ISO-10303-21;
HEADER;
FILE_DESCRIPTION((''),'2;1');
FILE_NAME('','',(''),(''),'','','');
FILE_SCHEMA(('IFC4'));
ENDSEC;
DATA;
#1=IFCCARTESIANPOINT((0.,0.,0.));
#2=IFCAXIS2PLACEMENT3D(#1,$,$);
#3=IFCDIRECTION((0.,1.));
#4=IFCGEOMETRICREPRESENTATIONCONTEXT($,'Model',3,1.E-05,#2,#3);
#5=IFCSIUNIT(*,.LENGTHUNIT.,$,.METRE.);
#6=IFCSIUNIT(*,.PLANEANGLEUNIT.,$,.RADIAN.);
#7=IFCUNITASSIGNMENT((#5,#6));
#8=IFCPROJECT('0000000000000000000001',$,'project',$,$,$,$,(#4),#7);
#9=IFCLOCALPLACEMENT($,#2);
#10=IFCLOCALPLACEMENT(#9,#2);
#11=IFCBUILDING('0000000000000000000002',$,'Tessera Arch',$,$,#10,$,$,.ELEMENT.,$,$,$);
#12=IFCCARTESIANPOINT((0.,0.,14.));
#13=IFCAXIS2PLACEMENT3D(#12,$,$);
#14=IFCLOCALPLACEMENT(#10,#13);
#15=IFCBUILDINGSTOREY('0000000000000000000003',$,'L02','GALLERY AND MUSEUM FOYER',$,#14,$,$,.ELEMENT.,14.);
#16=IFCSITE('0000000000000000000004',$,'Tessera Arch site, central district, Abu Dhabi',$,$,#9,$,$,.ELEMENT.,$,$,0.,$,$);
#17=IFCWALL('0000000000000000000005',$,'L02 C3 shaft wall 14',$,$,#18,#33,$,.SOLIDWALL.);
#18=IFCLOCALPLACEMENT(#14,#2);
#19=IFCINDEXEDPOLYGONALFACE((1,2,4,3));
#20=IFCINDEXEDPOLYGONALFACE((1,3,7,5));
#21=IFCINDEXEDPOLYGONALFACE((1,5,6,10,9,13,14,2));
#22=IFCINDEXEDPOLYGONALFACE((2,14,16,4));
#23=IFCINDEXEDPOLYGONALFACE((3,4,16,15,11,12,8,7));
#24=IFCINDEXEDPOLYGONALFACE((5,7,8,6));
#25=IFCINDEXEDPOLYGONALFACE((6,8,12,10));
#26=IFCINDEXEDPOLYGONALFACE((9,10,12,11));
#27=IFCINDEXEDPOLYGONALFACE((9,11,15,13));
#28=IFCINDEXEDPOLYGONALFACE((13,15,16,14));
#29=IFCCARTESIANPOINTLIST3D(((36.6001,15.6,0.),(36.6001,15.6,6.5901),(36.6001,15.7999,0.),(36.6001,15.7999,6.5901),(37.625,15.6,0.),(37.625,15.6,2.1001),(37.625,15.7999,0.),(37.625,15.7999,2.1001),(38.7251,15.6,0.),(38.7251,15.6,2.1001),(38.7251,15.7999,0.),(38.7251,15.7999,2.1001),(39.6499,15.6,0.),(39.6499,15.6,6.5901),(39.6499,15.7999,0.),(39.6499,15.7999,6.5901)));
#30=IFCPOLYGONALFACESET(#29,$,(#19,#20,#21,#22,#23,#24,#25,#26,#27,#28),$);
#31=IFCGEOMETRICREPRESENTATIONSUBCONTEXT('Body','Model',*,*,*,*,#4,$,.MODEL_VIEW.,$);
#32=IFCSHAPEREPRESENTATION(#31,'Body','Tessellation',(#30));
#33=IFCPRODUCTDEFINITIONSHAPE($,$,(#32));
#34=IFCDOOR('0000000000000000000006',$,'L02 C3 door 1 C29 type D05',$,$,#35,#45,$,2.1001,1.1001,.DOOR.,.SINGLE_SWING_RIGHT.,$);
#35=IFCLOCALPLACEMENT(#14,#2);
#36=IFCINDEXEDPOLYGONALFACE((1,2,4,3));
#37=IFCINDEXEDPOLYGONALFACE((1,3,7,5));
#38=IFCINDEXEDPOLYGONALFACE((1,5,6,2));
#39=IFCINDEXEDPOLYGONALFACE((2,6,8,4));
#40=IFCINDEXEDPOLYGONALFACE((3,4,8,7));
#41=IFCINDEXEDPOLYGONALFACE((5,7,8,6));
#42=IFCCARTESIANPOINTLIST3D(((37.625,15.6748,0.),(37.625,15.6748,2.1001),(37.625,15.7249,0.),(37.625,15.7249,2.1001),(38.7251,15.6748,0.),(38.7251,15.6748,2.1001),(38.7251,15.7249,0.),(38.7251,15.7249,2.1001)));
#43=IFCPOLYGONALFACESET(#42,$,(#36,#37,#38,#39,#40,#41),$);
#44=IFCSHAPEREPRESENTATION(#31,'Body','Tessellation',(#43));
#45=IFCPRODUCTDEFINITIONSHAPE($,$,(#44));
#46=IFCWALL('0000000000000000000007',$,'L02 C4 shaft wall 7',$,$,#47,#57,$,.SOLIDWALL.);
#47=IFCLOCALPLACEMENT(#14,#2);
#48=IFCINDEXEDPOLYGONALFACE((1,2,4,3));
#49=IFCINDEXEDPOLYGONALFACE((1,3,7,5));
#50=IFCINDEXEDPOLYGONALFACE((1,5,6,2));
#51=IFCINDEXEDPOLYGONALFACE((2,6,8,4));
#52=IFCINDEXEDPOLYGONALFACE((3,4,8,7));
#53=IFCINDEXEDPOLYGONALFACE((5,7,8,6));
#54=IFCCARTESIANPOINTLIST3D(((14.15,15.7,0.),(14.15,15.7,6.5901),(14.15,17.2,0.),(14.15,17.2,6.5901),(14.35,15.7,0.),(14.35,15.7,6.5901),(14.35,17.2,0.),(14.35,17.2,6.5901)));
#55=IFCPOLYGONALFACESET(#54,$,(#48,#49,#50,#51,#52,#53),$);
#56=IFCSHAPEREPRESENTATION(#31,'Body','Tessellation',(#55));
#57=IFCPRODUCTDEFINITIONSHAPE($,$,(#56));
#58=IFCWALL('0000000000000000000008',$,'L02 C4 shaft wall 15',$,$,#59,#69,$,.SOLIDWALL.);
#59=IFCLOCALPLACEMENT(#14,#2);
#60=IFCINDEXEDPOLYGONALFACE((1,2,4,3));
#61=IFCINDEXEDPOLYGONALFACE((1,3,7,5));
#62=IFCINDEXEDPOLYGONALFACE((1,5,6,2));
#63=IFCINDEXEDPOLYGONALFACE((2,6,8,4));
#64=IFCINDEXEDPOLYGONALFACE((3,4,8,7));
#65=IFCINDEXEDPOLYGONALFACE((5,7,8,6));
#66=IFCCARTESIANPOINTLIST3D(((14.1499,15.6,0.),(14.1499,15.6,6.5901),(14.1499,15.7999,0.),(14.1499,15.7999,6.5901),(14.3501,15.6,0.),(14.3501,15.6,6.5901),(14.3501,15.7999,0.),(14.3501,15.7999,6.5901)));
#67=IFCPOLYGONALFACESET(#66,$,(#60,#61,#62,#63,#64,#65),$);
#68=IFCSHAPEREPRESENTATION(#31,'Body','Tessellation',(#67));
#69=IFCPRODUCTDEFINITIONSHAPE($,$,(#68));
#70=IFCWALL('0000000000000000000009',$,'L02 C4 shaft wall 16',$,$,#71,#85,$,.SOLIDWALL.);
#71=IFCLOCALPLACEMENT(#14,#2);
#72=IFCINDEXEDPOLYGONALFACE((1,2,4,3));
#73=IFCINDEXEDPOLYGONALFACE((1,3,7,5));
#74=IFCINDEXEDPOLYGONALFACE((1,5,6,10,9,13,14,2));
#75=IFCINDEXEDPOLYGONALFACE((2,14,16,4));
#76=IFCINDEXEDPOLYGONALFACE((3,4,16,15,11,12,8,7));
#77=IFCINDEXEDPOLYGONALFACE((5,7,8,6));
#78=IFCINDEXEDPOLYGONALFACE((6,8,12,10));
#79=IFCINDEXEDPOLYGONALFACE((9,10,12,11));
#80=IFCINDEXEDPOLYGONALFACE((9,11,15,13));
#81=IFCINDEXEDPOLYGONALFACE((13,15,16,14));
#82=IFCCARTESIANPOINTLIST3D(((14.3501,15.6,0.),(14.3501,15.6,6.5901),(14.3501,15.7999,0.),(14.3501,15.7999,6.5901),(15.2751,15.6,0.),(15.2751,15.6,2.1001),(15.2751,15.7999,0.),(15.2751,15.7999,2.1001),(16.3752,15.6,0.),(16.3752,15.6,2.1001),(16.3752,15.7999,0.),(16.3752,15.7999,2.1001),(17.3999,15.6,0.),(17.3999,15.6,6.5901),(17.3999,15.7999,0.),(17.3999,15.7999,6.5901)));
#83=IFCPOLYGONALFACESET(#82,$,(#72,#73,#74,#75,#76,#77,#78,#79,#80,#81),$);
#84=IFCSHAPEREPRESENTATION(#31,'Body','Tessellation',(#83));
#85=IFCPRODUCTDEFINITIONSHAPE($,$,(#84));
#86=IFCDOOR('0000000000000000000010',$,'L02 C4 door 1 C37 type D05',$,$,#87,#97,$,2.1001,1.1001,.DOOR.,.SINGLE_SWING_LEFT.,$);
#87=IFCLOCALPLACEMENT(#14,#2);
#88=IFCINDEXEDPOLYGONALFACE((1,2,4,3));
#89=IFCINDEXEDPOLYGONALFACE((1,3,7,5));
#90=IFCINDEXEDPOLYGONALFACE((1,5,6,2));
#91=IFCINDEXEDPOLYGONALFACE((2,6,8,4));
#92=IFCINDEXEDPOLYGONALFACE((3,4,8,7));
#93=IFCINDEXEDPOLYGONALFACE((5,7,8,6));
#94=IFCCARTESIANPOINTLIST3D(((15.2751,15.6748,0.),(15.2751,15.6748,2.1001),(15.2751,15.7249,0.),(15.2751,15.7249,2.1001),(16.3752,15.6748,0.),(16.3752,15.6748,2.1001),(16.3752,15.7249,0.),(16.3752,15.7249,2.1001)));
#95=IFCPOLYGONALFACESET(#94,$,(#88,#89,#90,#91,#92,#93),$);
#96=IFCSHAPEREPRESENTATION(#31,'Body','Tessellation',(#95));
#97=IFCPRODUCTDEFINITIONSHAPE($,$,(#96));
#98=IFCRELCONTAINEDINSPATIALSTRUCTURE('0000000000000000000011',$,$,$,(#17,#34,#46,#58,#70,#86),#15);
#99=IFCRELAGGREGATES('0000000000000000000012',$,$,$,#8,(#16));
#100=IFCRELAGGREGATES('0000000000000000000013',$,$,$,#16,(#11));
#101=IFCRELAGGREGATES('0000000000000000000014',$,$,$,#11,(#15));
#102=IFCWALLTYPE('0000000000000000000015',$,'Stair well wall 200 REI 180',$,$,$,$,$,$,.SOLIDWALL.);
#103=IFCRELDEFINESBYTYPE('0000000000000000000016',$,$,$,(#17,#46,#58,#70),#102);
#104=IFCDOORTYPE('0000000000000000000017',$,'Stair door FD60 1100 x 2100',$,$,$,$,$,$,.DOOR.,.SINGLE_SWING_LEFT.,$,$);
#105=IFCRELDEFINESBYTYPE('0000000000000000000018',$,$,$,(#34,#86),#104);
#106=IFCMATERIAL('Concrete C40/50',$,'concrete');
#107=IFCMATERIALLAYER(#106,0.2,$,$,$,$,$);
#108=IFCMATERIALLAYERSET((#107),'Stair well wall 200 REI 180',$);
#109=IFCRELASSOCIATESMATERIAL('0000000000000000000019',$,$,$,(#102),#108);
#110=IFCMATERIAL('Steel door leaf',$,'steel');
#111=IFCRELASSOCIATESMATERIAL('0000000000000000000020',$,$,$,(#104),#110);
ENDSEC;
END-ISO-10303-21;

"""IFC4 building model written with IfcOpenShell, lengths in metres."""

from ifc_helpers import new_model, si_unit, direction, frame, frame_2d, origin, place, context, subcontext, project, spatial, rectangle, extrude, material, layer, layer_set, type_object, element, fill, save


model = new_model("IFC4")

# Units and contexts
model_context = context("Model", 3, precision=1e-05, world=origin(), true_north=direction((0.0, 1.0)))
body_context = subcontext(model_context, "Body", "Model", "MODEL_VIEW")
ifc_project = project(units=[si_unit("LENGTHUNIT", "METRE"), si_unit("PLANEANGLEUNIT", "RADIAN")], contexts=[model_context])

# Site, building, storey
site_placement = place(None, origin())
site = spatial("IfcSite", under=ifc_project, at=site_placement, Name="Tessera Arch site, central district, Abu Dhabi", CompositionType="ELEMENT", RefElevation=0.0)
building_placement = place(site_placement, origin())
building = spatial("IfcBuilding", under=site, at=building_placement, Name="Tessera Arch", CompositionType="ELEMENT")
storey_placement = place(building_placement, frame((0.0, 0.0, 14.0)))
storey = spatial("IfcBuildingStorey", under=building, at=storey_placement, Name="L02", Description="GALLERY AND MUSEUM FOYER", CompositionType="ELEMENT", Elevation=14.0)

# Wall, opening, door
ifc_material_1 = material(Name="Concrete C40/50", Category="concrete")
ifc_layer_1 = layer(ifc_material_1, 0.2)
ifc_layer_set_1 = layer_set([ifc_layer_1], Name="Stair well wall 200 REI 180")
wall_type_1 = type_object("IfcWallType", Name="Stair well wall 200 REI 180", PredefinedType="SOLIDWALL", material=ifc_layer_set_1)
wall_1_placement = place(storey_placement, frame((36.6001, 15.7, 0.0), z_axis=(0.0, 0.0, 1.0), x_axis=(1.0, 0.0, 0.0)))
wall_1 = element("IfcWall", 1, at=wall_1_placement, inside=storey, type_object=wall_type_1, Name="L02 C3 shaft wall 14", PredefinedType="SOLIDWALL", context=body_context, shape_type="SweptSolid", body=[
    extrude(rectangle(XDim=3.0498, YDim=0.2, at=frame_2d((1.5249, 0.0))), origin(), (0.0, 0.0, 1.0), 6.5901),
])
opening_1_placement = place(wall_1_placement, frame((1.0249, 0.0, 0.0)))
opening_1 = element("IfcOpeningElement", 2, at=opening_1_placement, cuts=wall_1, PredefinedType="OPENING", context=body_context, shape_type="SweptSolid", body=[
    extrude(rectangle(XDim=1.1001, YDim=2.1001, at=frame_2d((0.55, 1.05))), frame((0.0, 0.1099, 0.0), z_axis=(0.0, -1.0, 0.0), x_axis=(1.0, 0.0, 0.0)), (0.0, 0.0, 1.0), 0.22),
])
ifc_material_2 = material(Name="Steel door leaf", Category="steel")
door_type_1 = type_object("IfcDoorType", Name="Stair door FD60 1100 x 2100", OperationType="SINGLE_SWING_LEFT", PredefinedType="DOOR", material=ifc_material_2)
door_1_placement = place(opening_1_placement, origin())
door_1 = element("IfcDoor", 3, at=door_1_placement, inside=storey, type_object=door_type_1, Name="L02 C3 door 1 C29 type D05", OperationType="SINGLE_SWING_RIGHT", OverallHeight=2.1001, OverallWidth=1.1001, PredefinedType="DOOR", context=body_context, shape_type="SweptSolid", body=[
    extrude(rectangle(XDim=1.1001, YDim=2.1001, at=frame_2d((0.55, 1.05))), frame((0.0, 0.0249, 0.0), z_axis=(0.0, -1.0, 0.0), x_axis=(1.0, 0.0, 0.0)), (0.0, 0.0, 1.0), 0.05),
])
fill(opening_1, door_1)

# Walls
wall_2_placement = place(storey_placement, frame((14.25, 15.7, 0.0), z_axis=(0.0, 0.0, 1.0), x_axis=(0.0, 1.0, 0.0)))
element("IfcWall", 4, at=wall_2_placement, inside=storey, type_object=wall_type_1, Name="L02 C4 shaft wall 7", PredefinedType="SOLIDWALL", context=body_context, shape_type="SweptSolid", body=[
    extrude(rectangle(XDim=1.5, YDim=0.2, at=frame_2d((0.75, 0.0))), origin(), (0.0, 0.0, 1.0), 6.5901),
])
wall_3_placement = place(storey_placement, frame((14.1499, 15.7, 0.0), z_axis=(0.0, 0.0, 1.0), x_axis=(1.0, 0.0, 0.0)))
element("IfcWall", 5, at=wall_3_placement, inside=storey, type_object=wall_type_1, Name="L02 C4 shaft wall 15", PredefinedType="SOLIDWALL", context=body_context, shape_type="SweptSolid", body=[
    extrude(rectangle(XDim=0.2002, YDim=0.2, at=frame_2d((0.1001, 0.0))), origin(), (0.0, 0.0, 1.0), 6.5901),
])

# Wall, opening, door
wall_4_placement = place(storey_placement, frame((14.3501, 15.7, 0.0), z_axis=(0.0, 0.0, 1.0), x_axis=(1.0, 0.0, 0.0)))
wall_4 = element("IfcWall", 6, at=wall_4_placement, inside=storey, type_object=wall_type_1, Name="L02 C4 shaft wall 16", PredefinedType="SOLIDWALL", context=body_context, shape_type="SweptSolid", body=[
    extrude(rectangle(XDim=3.0498, YDim=0.2, at=frame_2d((1.5249, 0.0))), origin(), (0.0, 0.0, 1.0), 6.5901),
])
opening_2_placement = place(wall_4_placement, frame((0.925, 0.0, 0.0)))
opening_2 = element("IfcOpeningElement", 7, at=opening_2_placement, cuts=wall_4, PredefinedType="OPENING", context=body_context, shape_type="SweptSolid", body=[
    extrude(rectangle(XDim=1.1001, YDim=2.1001, at=frame_2d((0.55, 1.05))), frame((0.0, 0.1099, 0.0), z_axis=(0.0, -1.0, 0.0), x_axis=(1.0, 0.0, 0.0)), (0.0, 0.0, 1.0), 0.22),
])
door_2_placement = place(opening_2_placement, origin())
door_2 = element("IfcDoor", 8, at=door_2_placement, inside=storey, type_object=door_type_1, Name="L02 C4 door 1 C37 type D05", OperationType="SINGLE_SWING_LEFT", OverallHeight=2.1001, OverallWidth=1.1001, PredefinedType="DOOR", context=body_context, shape_type="SweptSolid", body=[
    extrude(rectangle(XDim=1.1001, YDim=2.1001, at=frame_2d((0.55, 1.05))), frame((0.0, 0.0249, 0.0), z_axis=(0.0, -1.0, 0.0), x_axis=(1.0, 0.0, 0.0)), (0.0, 0.0, 1.0), 0.05),
])
fill(opening_2, door_2)

save(model, "model.ifc")
